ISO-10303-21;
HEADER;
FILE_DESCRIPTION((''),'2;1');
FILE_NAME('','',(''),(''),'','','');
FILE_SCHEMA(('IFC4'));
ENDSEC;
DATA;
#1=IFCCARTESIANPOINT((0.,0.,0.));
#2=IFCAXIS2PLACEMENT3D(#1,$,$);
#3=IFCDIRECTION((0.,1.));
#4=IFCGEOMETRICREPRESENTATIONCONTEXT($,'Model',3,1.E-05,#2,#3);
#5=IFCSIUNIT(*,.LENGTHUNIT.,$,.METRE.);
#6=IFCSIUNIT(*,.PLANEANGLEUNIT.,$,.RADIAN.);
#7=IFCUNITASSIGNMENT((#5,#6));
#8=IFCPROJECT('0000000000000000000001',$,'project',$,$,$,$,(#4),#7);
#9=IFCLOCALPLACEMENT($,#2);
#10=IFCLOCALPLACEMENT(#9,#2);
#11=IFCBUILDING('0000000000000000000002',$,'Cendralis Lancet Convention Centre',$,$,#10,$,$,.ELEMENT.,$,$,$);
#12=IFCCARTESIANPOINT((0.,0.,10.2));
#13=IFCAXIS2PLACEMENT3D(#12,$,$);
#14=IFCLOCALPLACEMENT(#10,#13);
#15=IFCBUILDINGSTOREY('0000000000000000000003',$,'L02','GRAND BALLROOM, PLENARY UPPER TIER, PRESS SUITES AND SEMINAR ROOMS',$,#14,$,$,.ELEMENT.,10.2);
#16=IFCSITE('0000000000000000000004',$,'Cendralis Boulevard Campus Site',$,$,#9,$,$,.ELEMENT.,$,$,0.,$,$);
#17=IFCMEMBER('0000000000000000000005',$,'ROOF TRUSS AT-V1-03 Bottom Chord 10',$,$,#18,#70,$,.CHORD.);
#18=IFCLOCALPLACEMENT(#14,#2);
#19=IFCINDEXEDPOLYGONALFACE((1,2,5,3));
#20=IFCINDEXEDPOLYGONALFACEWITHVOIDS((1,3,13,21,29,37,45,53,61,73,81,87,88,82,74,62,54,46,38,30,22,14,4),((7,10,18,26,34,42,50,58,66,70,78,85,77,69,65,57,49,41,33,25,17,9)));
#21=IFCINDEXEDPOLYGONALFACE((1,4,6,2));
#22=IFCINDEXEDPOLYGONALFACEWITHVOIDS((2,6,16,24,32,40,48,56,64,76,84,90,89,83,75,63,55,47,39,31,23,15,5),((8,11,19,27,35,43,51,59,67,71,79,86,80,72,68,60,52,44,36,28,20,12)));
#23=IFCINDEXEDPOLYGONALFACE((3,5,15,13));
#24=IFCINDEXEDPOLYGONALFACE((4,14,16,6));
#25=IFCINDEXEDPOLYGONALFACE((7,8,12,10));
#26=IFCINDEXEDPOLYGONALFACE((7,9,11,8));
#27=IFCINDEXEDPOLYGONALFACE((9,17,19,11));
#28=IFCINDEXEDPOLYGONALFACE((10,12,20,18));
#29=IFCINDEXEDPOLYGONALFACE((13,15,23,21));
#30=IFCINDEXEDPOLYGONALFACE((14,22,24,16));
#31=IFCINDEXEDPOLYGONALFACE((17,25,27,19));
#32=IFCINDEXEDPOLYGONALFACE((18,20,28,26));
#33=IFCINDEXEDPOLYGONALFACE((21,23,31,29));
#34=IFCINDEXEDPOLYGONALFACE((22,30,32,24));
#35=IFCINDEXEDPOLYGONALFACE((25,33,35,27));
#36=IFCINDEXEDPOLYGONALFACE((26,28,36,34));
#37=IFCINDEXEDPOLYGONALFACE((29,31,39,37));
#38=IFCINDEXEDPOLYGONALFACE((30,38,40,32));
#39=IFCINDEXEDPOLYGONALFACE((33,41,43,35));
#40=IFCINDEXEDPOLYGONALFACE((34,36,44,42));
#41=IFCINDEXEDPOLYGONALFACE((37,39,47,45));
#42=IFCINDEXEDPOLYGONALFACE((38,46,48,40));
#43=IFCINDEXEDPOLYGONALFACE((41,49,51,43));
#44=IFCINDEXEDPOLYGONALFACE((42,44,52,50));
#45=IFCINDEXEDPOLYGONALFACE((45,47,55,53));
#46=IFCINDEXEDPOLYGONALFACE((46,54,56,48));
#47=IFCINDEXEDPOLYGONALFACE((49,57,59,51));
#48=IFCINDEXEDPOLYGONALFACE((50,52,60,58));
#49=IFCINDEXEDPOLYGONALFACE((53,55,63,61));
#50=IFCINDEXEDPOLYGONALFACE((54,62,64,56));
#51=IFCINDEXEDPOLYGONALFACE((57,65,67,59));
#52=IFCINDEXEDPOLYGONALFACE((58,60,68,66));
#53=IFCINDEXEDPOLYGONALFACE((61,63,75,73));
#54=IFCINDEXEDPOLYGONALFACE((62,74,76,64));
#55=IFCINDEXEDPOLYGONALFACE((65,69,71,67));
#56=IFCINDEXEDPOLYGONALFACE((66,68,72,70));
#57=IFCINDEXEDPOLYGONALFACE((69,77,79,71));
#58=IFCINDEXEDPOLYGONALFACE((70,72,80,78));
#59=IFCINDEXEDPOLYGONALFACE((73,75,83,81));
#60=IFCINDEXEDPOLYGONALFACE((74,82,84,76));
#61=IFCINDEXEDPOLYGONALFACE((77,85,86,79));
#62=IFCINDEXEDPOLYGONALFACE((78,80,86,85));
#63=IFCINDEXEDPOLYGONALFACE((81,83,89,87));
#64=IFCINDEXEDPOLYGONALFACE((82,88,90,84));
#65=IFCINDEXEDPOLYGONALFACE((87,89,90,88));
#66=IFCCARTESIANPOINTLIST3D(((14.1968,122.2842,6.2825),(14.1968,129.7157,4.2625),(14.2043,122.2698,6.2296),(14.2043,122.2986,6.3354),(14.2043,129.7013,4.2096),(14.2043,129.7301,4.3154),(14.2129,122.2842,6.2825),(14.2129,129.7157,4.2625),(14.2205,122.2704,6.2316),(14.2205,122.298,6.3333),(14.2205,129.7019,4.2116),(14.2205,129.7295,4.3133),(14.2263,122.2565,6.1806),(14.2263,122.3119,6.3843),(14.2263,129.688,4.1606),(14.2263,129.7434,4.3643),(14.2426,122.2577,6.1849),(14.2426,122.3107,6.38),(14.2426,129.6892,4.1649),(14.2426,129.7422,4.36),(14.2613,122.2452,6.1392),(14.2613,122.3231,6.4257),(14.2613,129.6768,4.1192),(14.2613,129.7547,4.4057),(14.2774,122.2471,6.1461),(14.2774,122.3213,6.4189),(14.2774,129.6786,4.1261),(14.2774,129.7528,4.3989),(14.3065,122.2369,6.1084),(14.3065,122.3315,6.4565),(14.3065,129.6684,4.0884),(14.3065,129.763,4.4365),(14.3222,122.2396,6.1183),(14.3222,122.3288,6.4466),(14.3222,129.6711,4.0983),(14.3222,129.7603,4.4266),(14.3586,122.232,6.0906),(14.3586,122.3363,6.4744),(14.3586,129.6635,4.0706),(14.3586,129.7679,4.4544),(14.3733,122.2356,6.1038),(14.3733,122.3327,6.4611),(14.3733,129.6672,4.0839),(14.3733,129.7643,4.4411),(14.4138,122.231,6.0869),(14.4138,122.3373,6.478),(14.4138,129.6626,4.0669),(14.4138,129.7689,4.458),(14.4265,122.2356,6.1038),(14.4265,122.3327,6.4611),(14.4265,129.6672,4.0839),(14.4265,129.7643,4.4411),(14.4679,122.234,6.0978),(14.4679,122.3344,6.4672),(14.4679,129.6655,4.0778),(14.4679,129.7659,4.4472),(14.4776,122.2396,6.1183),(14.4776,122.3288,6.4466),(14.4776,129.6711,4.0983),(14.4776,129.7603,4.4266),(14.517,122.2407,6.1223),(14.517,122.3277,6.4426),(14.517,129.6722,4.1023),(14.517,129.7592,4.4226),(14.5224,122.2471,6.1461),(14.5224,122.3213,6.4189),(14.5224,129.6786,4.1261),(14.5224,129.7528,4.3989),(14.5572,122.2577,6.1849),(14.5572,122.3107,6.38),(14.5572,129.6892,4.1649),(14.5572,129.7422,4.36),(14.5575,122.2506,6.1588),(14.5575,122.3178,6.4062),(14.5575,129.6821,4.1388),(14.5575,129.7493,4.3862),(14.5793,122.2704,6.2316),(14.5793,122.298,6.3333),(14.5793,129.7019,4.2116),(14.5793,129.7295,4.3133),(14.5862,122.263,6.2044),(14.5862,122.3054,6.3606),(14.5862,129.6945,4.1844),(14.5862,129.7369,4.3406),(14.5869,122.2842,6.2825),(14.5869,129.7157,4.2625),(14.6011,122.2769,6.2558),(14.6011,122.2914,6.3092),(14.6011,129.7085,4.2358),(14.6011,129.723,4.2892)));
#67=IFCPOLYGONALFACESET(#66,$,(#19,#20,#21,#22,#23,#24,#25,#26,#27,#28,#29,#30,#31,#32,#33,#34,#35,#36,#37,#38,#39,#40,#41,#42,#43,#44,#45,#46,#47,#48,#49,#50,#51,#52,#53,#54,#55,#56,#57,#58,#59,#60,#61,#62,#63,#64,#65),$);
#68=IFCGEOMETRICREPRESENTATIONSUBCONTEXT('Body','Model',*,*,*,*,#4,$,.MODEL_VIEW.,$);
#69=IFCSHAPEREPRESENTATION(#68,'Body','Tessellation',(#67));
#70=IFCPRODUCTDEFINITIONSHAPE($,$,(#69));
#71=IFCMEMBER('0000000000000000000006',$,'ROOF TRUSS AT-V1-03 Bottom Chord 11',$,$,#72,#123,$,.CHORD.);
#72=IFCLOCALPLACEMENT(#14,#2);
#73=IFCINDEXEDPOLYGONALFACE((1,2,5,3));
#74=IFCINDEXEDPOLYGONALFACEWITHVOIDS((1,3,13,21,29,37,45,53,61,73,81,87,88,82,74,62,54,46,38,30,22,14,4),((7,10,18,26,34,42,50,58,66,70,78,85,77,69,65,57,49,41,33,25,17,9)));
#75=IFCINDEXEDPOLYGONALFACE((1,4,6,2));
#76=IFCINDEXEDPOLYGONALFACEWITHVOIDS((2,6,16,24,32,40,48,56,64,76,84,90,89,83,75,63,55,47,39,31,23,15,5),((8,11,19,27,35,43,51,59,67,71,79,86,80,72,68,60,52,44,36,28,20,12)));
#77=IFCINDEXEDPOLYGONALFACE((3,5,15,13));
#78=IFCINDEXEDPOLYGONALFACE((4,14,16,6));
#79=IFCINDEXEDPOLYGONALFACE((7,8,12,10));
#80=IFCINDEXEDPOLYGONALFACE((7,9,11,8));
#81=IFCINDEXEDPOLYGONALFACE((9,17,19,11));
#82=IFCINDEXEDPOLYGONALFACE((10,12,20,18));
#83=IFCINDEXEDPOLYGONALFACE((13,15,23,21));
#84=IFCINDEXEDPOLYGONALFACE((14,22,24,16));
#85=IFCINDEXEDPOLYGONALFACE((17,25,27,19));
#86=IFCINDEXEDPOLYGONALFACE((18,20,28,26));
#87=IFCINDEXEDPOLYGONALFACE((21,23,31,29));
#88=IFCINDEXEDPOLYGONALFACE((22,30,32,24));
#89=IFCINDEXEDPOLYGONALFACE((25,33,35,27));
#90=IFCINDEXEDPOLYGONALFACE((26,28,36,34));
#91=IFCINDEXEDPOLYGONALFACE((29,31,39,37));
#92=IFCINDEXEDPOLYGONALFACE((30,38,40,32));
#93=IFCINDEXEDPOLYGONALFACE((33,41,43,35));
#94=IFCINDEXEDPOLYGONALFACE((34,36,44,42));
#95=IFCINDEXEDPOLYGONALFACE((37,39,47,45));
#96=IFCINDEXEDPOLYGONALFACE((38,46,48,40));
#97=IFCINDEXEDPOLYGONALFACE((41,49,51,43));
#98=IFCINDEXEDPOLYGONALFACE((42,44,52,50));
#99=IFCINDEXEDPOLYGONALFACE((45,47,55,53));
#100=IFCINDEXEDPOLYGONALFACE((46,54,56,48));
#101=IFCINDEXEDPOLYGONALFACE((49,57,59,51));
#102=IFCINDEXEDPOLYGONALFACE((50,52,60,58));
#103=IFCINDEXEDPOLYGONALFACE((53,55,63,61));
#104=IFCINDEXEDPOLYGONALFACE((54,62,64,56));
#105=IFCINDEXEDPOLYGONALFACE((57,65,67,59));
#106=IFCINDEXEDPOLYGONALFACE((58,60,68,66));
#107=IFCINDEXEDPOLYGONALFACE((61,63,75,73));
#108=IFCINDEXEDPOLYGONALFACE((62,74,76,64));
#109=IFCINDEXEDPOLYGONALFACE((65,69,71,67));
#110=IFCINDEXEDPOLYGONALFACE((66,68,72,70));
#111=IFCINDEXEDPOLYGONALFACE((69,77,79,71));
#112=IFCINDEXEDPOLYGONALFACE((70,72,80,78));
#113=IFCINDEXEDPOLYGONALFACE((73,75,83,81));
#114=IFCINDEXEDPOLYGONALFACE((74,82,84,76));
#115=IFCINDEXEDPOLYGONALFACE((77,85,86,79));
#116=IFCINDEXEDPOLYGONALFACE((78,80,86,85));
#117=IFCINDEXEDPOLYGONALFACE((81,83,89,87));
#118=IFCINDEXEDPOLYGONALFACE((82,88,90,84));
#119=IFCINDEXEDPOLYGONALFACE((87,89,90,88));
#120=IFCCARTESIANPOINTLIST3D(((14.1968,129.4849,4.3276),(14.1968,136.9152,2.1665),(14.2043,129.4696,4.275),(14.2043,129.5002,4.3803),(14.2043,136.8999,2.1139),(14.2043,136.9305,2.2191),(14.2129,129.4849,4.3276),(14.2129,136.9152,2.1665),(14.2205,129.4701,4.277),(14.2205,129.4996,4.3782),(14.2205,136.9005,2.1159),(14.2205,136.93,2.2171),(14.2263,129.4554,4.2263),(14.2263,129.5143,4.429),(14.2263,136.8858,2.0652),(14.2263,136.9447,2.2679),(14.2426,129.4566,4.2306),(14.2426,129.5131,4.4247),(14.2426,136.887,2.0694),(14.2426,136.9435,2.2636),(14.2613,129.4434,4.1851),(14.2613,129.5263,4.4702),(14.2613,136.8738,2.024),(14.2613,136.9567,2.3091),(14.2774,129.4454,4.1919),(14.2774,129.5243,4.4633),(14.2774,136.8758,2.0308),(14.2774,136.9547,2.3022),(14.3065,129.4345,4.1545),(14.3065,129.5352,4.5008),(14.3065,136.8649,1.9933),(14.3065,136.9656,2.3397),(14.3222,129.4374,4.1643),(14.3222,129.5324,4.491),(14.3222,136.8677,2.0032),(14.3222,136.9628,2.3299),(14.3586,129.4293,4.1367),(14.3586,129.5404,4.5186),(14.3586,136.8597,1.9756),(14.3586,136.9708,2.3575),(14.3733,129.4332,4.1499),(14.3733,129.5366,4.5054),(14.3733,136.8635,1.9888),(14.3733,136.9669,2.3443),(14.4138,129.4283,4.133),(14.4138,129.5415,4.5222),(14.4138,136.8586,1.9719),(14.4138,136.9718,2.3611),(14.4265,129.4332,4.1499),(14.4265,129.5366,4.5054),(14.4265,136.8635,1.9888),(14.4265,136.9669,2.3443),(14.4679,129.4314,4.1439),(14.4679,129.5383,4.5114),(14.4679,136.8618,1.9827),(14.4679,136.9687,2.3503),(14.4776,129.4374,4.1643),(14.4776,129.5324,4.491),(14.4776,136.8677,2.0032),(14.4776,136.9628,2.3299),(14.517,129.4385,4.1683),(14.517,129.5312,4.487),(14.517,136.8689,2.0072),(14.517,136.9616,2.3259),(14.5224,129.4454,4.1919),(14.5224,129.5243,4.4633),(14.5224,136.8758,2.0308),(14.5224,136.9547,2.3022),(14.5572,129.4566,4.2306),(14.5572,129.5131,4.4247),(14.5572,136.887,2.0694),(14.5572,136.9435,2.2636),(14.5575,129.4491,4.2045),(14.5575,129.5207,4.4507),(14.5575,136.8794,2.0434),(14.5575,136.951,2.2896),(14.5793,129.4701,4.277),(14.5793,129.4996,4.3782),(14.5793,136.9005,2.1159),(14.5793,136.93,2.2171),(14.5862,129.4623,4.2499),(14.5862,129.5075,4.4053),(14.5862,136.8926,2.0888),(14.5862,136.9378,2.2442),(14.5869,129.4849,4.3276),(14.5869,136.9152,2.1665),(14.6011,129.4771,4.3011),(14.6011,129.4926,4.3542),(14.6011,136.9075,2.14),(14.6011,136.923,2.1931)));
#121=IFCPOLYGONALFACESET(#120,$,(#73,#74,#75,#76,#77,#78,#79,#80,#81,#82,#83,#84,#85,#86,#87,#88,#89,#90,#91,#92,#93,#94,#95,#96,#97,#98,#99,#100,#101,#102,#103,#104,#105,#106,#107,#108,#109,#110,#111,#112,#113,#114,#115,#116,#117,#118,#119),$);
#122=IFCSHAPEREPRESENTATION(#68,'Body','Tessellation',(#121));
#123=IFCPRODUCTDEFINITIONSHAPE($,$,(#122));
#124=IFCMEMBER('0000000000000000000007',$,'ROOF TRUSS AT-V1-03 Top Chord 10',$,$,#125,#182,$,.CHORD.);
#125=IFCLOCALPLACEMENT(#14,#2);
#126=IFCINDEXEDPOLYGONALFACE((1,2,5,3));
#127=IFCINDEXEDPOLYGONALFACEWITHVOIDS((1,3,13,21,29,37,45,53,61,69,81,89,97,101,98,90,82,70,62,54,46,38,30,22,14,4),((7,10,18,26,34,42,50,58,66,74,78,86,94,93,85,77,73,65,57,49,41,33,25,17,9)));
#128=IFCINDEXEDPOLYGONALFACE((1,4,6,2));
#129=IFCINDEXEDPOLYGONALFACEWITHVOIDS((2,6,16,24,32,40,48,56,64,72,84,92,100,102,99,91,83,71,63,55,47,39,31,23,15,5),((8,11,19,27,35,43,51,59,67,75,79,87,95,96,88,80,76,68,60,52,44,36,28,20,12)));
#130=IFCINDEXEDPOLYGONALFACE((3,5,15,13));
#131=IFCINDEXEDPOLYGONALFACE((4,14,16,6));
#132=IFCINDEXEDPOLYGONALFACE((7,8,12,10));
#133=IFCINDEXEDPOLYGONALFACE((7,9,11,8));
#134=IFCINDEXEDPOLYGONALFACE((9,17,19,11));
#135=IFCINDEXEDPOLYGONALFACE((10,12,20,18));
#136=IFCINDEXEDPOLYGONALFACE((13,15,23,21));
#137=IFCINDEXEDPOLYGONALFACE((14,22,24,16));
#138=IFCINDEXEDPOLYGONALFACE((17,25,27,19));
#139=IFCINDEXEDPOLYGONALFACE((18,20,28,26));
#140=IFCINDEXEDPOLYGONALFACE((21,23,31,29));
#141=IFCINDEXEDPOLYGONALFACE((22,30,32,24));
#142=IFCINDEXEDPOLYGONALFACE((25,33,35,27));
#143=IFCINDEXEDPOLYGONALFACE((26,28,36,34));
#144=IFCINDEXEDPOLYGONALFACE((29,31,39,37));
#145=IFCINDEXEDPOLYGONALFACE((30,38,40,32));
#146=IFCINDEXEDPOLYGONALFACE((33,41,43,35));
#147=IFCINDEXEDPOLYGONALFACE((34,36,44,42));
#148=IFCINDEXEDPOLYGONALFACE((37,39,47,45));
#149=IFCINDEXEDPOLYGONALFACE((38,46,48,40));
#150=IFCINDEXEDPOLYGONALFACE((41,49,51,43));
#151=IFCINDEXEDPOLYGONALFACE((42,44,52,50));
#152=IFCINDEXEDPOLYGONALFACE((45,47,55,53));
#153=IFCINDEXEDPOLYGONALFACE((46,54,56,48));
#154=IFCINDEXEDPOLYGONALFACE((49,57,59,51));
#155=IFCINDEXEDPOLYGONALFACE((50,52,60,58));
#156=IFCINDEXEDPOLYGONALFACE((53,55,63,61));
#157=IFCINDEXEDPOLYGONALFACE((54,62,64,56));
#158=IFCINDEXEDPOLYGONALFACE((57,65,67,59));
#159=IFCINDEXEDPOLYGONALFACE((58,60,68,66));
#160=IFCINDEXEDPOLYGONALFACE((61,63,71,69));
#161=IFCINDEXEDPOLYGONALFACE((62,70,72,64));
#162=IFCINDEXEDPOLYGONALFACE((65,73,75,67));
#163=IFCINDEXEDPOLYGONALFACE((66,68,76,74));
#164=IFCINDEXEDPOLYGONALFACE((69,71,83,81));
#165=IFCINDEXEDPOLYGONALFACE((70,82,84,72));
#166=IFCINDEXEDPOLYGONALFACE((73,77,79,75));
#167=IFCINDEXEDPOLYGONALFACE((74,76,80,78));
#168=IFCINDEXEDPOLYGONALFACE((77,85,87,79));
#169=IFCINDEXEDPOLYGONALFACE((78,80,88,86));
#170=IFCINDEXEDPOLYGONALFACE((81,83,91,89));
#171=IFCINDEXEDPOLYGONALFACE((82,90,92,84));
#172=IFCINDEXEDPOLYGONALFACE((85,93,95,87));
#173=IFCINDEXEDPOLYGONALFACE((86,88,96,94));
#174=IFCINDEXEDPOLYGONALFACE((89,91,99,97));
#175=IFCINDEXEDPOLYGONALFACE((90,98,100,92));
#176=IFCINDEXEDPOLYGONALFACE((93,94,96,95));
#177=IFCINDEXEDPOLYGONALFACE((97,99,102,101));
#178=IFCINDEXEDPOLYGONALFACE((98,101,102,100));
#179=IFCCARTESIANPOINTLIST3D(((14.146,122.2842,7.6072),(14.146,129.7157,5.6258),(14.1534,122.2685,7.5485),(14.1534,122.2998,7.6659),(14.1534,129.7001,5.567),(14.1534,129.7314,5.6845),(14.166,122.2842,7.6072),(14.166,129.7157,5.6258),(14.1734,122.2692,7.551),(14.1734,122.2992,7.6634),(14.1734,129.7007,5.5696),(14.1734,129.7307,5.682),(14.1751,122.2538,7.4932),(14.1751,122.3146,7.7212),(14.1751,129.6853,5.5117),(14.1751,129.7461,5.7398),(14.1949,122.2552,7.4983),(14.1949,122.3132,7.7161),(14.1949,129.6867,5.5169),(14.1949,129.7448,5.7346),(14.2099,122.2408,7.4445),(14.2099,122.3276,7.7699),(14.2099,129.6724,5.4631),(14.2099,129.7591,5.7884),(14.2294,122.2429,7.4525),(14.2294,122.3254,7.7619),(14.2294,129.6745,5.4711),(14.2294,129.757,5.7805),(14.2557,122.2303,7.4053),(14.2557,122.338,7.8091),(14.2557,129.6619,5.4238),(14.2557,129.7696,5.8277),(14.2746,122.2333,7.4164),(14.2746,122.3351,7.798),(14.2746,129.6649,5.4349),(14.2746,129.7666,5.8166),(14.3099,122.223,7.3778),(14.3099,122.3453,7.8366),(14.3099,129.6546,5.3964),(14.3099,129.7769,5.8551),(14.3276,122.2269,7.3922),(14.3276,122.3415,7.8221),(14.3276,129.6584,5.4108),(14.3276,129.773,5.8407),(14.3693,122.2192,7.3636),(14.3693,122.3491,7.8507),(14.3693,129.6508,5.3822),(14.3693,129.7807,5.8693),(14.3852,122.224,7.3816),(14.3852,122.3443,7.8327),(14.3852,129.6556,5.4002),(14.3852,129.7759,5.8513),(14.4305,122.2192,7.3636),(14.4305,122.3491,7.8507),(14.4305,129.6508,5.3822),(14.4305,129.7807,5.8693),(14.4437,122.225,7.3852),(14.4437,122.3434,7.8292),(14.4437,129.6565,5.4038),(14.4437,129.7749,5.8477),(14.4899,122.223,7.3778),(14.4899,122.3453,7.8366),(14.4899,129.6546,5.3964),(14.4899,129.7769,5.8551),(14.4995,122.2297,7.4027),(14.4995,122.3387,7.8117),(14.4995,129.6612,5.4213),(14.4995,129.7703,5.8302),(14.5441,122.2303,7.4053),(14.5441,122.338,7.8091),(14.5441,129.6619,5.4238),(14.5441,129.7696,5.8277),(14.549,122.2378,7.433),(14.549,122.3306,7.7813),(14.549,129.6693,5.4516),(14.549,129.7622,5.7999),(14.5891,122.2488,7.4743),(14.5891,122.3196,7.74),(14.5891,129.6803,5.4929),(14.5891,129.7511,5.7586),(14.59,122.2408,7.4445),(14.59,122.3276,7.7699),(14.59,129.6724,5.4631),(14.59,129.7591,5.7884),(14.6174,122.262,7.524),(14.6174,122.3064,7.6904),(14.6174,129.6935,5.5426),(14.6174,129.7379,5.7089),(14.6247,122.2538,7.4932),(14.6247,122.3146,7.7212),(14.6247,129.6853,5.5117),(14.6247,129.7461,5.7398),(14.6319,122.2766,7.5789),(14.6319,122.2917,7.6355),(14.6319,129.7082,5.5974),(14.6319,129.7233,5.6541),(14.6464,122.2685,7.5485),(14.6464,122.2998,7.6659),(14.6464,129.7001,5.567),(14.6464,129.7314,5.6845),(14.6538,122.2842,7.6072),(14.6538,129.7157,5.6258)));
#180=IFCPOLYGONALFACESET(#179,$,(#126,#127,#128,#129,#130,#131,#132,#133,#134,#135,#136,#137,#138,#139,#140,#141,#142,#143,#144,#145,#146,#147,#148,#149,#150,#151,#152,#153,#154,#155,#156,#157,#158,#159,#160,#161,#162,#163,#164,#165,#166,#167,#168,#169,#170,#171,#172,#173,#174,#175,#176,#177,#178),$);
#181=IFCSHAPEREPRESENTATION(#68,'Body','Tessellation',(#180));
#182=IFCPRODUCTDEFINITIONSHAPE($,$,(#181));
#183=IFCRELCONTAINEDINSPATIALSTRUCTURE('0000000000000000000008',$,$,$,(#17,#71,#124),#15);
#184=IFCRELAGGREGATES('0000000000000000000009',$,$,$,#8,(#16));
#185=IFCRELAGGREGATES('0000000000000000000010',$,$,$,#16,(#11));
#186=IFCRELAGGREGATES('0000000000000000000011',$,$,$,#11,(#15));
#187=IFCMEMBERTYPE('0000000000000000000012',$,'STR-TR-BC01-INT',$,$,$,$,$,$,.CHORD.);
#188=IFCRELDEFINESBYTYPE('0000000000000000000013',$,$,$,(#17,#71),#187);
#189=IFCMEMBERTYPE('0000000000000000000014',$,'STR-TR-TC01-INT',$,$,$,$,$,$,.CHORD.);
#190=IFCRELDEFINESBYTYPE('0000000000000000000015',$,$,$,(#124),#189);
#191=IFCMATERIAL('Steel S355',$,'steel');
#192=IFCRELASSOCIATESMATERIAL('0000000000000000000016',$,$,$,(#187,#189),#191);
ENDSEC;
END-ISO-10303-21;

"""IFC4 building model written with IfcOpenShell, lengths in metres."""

from ifc_helpers import new_model, si_unit, direction, frame, origin, origin_2d, place, context, subcontext, project, spatial, hollow_circle, extrude, material, material_profile, profile_set, type_object, element, save


model = new_model("IFC4")

# Units and contexts
model_context = context("Model", 3, precision=1e-05, world=origin(), true_north=direction((0.0, 1.0)))
body_context = subcontext(model_context, "Body", "Model", "MODEL_VIEW")
ifc_project = project(units=[si_unit("LENGTHUNIT", "METRE"), si_unit("PLANEANGLEUNIT", "RADIAN")], contexts=[model_context])

# Site, building, storey
site_placement = place(None, origin())
site = spatial("IfcSite", under=ifc_project, at=site_placement, Name="Cendralis Boulevard Campus Site", CompositionType="ELEMENT", RefElevation=0.0)
building_placement = place(site_placement, origin())
building = spatial("IfcBuilding", under=site, at=building_placement, Name="Cendralis Lancet Convention Centre", CompositionType="ELEMENT")
storey_placement = place(building_placement, frame((0.0, 0.0, 10.2)))
storey = spatial("IfcBuildingStorey", under=building, at=storey_placement, Name="L02", Description="GRAND BALLROOM, PLENARY UPPER TIER, PRESS SUITES AND SEMINAR ROOMS", CompositionType="ELEMENT", Elevation=10.2)

# Members
ifc_material_1 = material(Name="Steel S355", Category="steel")
ifc_material_profile_1 = material_profile(ifc_material_1, hollow_circle(Radius=0.2031, WallThickness=0.0161, at=origin_2d()), Name="CHS 406.4x16.0")
ifc_profile_set_1 = profile_set([ifc_material_profile_1], Name="Steel S355")
member_type_1 = type_object("IfcMemberType", Name="STR-TR-BC01-INT", PredefinedType="CHORD", material=ifc_profile_set_1)
member_1_placement = place(storey_placement, frame((14.3999, 122.2842, 6.2825), z_axis=(0.0, 0.964987, -0.262296), x_axis=(-1.0, 0.0, 0.0)))
element("IfcMember", 1, at=member_1_placement, inside=storey, type_object=member_type_1, Name="ROOF TRUSS AT-V1-03 Bottom Chord 10", PredefinedType="CHORD", context=body_context, shape_type="SweptSolid", body=[
    extrude(hollow_circle(Radius=0.2031, WallThickness=0.0161, at=origin_2d()), origin(), (0.0, 0.0, 1.0), 7.7012),
])
member_2_placement = place(storey_placement, frame((14.3999, 129.4849, 4.3276), z_axis=(0.0, 0.960211, -0.279277), x_axis=(-1.0, 0.0, 0.0)))
element("IfcMember", 2, at=member_2_placement, inside=storey, type_object=member_type_1, Name="ROOF TRUSS AT-V1-03 Bottom Chord 11", PredefinedType="CHORD", context=body_context, shape_type="SweptSolid", body=[
    extrude(hollow_circle(Radius=0.2031, WallThickness=0.0161, at=origin_2d()), origin(), (0.0, 0.0, 1.0), 7.7383),
])
ifc_material_profile_2 = material_profile(ifc_material_1, hollow_circle(Radius=0.2539, WallThickness=0.02, at=origin_2d()), Name="CHS 508.0x20.0")
ifc_profile_set_2 = profile_set([ifc_material_profile_2], Name="Steel S355")
member_type_2 = type_object("IfcMemberType", Name="STR-TR-TC01-INT", PredefinedType="CHORD", material=ifc_profile_set_2)
member_3_placement = place(storey_placement, frame((14.3999, 122.2842, 7.6072), z_axis=(0.0, 0.966245, -0.257623), x_axis=(-1.0, 0.0, 0.0)))
element("IfcMember", 3, at=member_3_placement, inside=storey, type_object=member_type_2, Name="ROOF TRUSS AT-V1-03 Top Chord 10", PredefinedType="CHORD", context=body_context, shape_type="SweptSolid", body=[
    extrude(hollow_circle(Radius=0.2539, WallThickness=0.02, at=origin_2d()), origin(), (0.0, 0.0, 1.0), 7.6912),
])

save(model, "model.ifc")
